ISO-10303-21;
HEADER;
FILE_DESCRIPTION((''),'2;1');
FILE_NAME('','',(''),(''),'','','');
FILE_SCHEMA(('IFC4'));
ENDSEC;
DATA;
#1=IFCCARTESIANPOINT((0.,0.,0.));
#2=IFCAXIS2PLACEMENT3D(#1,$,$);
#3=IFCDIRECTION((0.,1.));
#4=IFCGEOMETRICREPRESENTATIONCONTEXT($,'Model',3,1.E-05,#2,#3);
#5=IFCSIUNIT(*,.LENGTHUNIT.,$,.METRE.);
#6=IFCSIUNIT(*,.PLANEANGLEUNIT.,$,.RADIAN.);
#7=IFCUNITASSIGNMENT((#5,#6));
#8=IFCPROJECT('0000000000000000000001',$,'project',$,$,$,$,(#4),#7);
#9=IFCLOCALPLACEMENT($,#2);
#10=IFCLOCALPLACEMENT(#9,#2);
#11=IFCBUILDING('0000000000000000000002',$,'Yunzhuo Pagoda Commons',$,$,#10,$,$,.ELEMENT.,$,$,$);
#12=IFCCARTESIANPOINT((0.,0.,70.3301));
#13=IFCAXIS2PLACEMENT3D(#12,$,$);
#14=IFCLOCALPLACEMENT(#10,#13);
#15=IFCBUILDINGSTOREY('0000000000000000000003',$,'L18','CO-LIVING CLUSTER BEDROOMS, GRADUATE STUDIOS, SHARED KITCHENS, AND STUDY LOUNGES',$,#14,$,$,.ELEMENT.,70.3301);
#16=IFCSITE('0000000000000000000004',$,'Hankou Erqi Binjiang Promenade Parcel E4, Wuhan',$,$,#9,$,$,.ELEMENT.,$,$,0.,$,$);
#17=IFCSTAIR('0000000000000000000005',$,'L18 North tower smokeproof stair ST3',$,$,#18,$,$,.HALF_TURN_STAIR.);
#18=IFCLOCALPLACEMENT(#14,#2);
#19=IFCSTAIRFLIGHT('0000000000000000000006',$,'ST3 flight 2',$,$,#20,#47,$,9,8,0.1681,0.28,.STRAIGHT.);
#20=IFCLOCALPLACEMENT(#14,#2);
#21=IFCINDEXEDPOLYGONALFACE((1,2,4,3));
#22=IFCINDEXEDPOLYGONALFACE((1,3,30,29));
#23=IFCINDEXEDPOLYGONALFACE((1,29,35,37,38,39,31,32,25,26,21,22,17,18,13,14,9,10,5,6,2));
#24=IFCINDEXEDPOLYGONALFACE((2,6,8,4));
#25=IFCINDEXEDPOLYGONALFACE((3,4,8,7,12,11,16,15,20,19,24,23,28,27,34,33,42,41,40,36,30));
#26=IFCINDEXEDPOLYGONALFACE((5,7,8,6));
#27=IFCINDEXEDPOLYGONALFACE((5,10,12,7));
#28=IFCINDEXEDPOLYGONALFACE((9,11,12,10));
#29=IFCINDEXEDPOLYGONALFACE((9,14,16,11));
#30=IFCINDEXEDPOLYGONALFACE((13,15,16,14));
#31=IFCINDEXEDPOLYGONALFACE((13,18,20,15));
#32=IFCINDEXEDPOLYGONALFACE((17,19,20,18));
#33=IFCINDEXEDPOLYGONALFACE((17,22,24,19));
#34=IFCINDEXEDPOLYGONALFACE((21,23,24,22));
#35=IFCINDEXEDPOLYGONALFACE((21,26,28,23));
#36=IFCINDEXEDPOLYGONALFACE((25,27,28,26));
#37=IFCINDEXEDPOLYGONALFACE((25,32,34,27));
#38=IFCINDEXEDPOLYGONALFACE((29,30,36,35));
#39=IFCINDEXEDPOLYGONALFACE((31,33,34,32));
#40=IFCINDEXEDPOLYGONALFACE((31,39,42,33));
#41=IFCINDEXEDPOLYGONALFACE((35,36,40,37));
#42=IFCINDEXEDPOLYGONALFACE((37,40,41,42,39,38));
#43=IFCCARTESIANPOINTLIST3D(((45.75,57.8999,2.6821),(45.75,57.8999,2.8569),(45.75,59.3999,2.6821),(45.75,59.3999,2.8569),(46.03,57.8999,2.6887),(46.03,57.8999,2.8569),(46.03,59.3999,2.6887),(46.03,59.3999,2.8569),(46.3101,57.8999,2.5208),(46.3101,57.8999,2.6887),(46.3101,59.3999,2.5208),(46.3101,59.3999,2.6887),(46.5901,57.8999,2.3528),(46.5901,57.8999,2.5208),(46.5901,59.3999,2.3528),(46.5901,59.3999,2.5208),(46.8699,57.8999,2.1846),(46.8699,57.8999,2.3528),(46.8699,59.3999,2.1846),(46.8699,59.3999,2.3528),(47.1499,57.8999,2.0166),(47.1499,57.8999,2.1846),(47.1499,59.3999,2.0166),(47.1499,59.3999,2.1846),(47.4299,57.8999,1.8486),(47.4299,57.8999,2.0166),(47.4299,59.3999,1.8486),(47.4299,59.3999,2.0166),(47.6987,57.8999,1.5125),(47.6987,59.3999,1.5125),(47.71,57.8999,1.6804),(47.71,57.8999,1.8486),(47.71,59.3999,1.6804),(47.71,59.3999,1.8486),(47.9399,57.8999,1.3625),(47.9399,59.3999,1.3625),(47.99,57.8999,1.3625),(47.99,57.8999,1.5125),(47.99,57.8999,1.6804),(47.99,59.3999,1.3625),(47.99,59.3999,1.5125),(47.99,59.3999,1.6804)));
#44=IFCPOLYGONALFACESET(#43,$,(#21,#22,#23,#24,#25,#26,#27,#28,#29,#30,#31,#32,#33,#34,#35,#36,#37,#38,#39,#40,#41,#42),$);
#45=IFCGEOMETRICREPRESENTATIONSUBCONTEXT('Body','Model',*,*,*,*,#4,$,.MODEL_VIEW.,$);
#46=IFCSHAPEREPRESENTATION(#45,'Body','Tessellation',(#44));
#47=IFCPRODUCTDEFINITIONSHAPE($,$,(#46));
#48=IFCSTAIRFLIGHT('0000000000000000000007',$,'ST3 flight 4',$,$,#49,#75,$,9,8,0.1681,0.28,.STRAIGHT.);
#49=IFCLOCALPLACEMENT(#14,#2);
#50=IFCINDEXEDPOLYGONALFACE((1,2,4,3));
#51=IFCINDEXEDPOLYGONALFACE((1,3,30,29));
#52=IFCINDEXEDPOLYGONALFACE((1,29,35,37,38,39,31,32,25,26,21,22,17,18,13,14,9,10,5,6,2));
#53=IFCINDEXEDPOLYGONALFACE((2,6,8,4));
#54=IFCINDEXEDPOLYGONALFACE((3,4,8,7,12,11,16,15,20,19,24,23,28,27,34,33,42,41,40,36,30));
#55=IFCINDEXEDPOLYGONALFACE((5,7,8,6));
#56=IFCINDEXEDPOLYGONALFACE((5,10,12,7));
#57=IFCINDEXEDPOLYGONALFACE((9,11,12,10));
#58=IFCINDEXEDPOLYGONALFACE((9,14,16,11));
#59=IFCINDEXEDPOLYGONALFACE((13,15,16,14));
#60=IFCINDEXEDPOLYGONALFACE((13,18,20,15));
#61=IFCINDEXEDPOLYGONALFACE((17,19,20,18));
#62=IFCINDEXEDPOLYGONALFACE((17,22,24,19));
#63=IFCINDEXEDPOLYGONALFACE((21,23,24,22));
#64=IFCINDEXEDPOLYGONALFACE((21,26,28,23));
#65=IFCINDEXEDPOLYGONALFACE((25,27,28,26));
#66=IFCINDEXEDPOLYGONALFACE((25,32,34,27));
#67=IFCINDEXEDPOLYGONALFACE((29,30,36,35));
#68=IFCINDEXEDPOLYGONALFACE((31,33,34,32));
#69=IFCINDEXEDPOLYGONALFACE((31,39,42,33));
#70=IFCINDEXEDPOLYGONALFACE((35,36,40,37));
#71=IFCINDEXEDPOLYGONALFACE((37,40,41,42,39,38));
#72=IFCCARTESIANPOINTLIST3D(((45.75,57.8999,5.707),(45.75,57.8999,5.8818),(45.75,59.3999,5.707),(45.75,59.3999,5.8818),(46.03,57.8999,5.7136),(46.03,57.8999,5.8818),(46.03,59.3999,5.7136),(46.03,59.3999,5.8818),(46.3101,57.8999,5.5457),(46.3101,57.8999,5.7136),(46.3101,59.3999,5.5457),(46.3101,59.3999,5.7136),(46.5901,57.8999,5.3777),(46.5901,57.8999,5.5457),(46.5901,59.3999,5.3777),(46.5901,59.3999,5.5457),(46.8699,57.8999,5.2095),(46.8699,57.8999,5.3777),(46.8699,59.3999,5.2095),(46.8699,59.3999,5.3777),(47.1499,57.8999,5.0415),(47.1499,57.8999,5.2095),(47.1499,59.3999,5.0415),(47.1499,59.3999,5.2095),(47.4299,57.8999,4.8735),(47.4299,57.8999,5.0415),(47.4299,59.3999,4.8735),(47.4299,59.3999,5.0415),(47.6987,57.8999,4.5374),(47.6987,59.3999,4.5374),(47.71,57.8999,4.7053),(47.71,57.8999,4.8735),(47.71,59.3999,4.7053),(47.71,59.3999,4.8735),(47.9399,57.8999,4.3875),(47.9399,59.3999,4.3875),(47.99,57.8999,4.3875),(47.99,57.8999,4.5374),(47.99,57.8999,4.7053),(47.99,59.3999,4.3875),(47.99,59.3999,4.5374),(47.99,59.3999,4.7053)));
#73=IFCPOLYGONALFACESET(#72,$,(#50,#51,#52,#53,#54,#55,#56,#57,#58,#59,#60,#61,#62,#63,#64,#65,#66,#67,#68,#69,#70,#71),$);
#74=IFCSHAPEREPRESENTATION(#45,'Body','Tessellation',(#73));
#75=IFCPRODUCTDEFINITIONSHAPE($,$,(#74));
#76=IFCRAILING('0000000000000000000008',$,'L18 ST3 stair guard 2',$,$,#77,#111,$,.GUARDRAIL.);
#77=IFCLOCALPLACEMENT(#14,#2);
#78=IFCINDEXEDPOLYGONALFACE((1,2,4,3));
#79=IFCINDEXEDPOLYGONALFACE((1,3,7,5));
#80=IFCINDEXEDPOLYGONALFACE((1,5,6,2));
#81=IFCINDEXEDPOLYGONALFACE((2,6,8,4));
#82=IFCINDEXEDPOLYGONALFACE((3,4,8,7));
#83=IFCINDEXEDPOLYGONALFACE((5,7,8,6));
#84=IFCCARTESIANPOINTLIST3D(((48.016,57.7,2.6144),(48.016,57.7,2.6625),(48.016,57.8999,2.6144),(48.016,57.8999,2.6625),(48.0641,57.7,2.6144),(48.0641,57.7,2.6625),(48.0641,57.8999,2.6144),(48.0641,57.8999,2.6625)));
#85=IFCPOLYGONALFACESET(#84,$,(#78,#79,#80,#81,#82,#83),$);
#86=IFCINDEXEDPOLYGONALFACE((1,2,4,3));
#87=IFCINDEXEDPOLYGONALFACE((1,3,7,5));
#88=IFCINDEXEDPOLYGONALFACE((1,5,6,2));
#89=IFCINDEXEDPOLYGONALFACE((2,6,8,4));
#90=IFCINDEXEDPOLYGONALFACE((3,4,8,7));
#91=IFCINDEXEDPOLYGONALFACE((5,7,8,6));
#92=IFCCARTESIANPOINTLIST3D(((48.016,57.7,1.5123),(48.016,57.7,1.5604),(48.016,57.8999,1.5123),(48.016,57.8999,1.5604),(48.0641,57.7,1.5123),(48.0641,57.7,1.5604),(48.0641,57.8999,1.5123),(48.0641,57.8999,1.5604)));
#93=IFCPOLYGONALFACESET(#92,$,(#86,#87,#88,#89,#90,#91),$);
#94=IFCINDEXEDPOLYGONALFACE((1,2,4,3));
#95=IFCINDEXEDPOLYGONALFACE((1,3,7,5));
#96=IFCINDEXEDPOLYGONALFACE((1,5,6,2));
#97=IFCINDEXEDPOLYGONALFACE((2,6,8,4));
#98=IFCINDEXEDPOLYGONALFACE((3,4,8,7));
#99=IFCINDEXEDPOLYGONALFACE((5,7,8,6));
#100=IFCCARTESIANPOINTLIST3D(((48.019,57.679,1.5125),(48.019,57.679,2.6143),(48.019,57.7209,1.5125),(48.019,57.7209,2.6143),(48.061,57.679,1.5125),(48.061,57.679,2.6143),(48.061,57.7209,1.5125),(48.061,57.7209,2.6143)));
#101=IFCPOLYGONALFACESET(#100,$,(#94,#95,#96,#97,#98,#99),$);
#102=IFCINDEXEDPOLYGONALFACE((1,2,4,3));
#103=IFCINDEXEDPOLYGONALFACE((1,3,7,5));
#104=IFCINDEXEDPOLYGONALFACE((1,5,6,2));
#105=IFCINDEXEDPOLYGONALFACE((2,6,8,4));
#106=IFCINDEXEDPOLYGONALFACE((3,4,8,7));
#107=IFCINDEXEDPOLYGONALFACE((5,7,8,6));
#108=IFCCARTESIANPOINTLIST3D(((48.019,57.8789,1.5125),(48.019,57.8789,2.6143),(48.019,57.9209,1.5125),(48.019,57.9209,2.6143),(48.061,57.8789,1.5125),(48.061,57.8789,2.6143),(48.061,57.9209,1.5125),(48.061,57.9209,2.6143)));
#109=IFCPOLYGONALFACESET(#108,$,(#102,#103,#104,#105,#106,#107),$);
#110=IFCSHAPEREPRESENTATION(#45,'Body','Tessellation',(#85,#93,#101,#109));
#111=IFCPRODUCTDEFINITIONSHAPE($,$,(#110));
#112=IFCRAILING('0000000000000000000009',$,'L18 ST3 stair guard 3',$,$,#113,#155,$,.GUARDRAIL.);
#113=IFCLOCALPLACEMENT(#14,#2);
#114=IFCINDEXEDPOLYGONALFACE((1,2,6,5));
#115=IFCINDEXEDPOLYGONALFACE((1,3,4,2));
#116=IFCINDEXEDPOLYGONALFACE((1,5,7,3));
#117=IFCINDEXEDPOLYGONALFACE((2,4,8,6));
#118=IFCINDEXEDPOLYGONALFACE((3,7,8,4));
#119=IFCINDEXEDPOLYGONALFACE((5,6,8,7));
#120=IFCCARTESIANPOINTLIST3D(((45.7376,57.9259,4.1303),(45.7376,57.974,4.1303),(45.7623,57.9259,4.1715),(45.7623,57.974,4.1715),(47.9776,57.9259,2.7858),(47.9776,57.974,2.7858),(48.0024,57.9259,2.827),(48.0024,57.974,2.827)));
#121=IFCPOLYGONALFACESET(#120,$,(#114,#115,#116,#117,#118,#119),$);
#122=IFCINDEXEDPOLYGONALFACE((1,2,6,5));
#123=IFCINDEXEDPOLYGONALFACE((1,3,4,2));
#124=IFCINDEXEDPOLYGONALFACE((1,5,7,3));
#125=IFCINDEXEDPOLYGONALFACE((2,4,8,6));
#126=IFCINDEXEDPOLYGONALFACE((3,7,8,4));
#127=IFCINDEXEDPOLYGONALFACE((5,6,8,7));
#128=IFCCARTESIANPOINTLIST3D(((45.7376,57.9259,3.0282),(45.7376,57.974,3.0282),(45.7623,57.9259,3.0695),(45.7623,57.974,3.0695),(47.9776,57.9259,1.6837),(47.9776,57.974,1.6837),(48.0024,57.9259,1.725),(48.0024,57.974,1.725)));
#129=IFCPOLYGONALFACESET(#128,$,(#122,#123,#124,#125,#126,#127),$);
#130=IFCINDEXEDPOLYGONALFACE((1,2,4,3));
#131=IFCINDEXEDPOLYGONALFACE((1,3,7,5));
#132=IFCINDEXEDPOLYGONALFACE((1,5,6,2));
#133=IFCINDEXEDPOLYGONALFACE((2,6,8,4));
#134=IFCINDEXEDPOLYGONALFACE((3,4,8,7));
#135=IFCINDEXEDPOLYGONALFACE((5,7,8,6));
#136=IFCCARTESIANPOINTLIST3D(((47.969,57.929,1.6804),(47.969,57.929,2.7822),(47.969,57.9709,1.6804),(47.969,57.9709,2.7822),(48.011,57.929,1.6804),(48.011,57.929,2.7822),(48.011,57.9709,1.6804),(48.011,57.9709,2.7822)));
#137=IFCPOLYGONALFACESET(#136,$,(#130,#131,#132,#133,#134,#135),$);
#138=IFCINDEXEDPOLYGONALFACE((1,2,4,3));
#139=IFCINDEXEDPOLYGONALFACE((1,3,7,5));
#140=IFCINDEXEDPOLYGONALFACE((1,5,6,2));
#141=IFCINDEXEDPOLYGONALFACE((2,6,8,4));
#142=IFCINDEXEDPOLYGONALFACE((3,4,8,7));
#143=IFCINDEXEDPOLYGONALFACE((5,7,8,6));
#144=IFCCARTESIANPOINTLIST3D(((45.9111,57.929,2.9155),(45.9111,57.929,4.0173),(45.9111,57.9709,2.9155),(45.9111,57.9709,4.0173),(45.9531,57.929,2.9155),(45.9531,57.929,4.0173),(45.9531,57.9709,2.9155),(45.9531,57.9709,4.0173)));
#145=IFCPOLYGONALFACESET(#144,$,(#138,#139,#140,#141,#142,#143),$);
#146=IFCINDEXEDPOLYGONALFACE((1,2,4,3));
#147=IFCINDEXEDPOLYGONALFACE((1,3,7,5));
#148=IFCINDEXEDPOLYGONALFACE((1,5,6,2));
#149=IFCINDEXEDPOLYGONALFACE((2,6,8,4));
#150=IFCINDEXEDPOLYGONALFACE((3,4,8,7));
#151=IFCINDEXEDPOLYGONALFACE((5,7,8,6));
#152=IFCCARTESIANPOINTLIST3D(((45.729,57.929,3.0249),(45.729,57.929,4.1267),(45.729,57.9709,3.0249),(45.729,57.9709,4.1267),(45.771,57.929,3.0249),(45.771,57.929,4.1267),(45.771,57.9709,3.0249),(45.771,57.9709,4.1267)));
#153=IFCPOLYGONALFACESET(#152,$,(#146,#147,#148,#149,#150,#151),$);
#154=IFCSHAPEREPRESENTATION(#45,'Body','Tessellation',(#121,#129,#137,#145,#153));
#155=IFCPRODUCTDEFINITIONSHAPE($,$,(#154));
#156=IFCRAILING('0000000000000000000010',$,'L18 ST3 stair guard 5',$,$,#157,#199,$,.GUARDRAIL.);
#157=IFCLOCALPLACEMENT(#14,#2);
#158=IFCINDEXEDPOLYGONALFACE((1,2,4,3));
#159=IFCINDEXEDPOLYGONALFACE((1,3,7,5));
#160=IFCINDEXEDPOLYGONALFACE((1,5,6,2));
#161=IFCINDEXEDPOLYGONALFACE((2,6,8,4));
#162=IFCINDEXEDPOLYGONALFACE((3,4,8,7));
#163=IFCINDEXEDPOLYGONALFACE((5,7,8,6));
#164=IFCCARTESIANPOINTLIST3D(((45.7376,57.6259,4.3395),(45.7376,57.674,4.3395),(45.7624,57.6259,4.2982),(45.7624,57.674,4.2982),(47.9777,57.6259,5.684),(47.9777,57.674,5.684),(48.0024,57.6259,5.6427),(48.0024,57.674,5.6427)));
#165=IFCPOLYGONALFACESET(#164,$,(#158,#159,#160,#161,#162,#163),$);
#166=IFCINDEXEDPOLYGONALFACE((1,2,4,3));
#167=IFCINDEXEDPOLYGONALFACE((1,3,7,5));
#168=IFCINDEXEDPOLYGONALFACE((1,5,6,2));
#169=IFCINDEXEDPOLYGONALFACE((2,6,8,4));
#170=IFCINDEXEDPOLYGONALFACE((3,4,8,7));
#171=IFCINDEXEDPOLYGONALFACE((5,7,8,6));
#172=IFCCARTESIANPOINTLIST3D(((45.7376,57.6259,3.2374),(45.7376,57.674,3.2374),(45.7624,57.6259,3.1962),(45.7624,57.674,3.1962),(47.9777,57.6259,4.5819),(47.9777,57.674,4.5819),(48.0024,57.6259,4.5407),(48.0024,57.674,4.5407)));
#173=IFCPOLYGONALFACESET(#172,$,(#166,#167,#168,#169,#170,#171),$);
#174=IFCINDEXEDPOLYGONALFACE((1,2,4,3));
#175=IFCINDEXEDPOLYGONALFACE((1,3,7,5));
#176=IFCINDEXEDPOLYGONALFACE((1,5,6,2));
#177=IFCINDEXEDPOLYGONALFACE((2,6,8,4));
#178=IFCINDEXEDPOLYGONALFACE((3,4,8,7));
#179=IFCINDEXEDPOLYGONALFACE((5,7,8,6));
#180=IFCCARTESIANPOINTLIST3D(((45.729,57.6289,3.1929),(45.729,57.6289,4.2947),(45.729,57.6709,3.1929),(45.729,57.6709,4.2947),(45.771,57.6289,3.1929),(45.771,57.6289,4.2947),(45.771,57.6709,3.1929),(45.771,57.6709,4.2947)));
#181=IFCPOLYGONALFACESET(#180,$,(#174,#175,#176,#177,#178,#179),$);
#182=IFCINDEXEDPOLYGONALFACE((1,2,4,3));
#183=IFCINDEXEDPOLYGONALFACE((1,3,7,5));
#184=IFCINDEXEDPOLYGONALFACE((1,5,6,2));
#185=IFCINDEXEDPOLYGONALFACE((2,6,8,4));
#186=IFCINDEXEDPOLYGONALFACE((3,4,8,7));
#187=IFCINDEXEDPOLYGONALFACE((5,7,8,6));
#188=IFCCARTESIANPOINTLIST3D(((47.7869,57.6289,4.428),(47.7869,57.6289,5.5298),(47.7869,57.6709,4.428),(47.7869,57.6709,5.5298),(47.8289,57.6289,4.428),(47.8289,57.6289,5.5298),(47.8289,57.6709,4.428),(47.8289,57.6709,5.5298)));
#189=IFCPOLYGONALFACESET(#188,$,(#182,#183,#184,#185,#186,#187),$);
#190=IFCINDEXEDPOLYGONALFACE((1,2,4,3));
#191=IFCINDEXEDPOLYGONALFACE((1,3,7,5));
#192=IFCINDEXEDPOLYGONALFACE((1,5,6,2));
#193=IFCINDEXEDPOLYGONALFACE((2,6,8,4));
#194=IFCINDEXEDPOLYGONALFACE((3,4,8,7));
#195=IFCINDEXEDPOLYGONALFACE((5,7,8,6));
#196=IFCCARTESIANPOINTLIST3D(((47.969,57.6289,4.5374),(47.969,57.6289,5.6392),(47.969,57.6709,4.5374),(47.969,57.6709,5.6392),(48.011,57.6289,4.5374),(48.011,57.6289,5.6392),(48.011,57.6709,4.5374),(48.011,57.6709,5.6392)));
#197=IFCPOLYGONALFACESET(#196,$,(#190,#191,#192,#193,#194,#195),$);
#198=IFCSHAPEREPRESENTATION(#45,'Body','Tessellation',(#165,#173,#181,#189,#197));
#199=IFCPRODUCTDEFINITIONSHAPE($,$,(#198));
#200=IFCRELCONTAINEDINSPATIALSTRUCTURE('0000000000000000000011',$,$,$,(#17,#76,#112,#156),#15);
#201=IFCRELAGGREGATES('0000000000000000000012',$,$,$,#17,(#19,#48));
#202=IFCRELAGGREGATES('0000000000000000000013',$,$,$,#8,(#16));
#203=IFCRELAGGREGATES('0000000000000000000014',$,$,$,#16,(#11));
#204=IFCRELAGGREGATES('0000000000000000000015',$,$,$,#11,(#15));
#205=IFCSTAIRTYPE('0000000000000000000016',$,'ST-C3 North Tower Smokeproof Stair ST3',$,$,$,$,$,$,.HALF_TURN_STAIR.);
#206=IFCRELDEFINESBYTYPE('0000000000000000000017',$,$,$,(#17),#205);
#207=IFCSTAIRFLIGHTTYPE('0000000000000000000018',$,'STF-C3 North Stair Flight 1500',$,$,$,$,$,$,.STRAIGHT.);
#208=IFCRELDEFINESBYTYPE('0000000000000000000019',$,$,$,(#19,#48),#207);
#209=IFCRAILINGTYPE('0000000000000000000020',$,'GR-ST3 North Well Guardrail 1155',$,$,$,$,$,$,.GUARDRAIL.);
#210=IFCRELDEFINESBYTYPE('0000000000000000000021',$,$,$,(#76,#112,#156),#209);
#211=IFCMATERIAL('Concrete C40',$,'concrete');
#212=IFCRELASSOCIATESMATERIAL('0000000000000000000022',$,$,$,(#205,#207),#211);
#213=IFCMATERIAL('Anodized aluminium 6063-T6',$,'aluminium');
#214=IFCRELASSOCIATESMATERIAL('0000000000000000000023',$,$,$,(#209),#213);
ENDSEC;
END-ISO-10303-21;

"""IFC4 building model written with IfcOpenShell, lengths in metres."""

from ifc_helpers import new_model, si_unit, direction, frame, origin, origin_2d, place, context, subcontext, project, spatial, polyline, rectangle, outline, extrude, source, transform, mapped, material, type_object, element, aggregate, save


model = new_model("IFC4")

# Units and contexts
model_context = context("Model", 3, precision=1e-05, world=origin(), true_north=direction((0.0, 1.0)))
body_context = subcontext(model_context, "Body", "Model", "MODEL_VIEW")
ifc_project = project(units=[si_unit("LENGTHUNIT", "METRE"), si_unit("PLANEANGLEUNIT", "RADIAN")], contexts=[model_context])

# Site, building, storey
site_placement = place(None, origin())
site = spatial("IfcSite", under=ifc_project, at=site_placement, Name="Hankou Erqi Binjiang Promenade Parcel E4, Wuhan", CompositionType="ELEMENT", RefElevation=0.0)
building_placement = place(site_placement, origin())
building = spatial("IfcBuilding", under=site, at=building_placement, Name="Yunzhuo Pagoda Commons", CompositionType="ELEMENT")
storey_placement = place(building_placement, frame((0.0, 0.0, 70.3301)))
storey = spatial("IfcBuildingStorey", under=building, at=storey_placement, Name="L18", Description="CO-LIVING CLUSTER BEDROOMS, GRADUATE STUDIOS, SHARED KITCHENS, AND STUDY LOUNGES", CompositionType="ELEMENT", Elevation=70.3301)

# Shared definitions
ifc_material_1 = material(Name="Anodized aluminium 6063-T6", Category="aluminium")

# Stair, stair flights
ifc_material_2 = material(Name="Concrete C40", Category="concrete")
stair_type = type_object("IfcStairType", Name="ST-C3 North Tower Smokeproof Stair ST3", PredefinedType="HALF_TURN_STAIR", material=ifc_material_2)
stair_placement = place(storey_placement, origin())
stair = element("IfcStair", 1, at=stair_placement, inside=storey, type_object=stair_type, Name="L18 North tower smokeproof stair ST3", PredefinedType="HALF_TURN_STAIR")
stair_flight_type = type_object("IfcStairFlightType", Name="STF-C3 North Stair Flight 1500", PredefinedType="STRAIGHT", material=ifc_material_2)
shared_shape_1 = source(origin(), body_context, "Body", "SweptSolid", [
    extrude(outline(polyline([(0.0, -0.1499), (0.0, 0.0), (0.0, 0.168), (0.28, 0.168), (0.28, 0.3362), (0.5601, 0.3362), (0.5601, 0.5042), (0.8401, 0.5042), (0.8401, 0.6721), (1.1201, 0.6721), (1.1201, 0.8403), (1.3999, 0.8403), (1.3999, 1.0083), (1.6799, 1.0083), (1.6799, 1.1763), (1.96, 1.1763), (1.96, 1.3445), (2.24, 1.3445), (2.24, 1.5125), (2.24, 1.1697), (0.2913, 0.0), (0.05, -0.1499), (0.0, -0.1499)])), frame((0.0, 0.75, 0.0), z_axis=(0.0, -1.0, 0.0), x_axis=(1.0, 0.0, 0.0)), (0.0, 0.0, 1.0), 1.5),
])
stair_flight_1_placement = place(storey_placement, frame((47.99, 58.6499, 1.5125), z_axis=(0.0, 0.0, 1.0), x_axis=(-1.0, 0.0, 0.0)))
stair_flight_1 = element("IfcStairFlight", 2, at=stair_flight_1_placement, type_object=stair_flight_type, Name="ST3 flight 2", NumberOfRisers=9, NumberOfTreads=8, PredefinedType="STRAIGHT", RiserHeight=0.1681, TreadLength=0.28, context=body_context, shape_type="MappedRepresentation", body=[
    mapped(shared_shape_1, transform((0.0, 0.0, 0.0), scale=1.0)),
])
stair_flight_2_placement = place(storey_placement, frame((47.99, 58.6499, 4.5374), z_axis=(0.0, 0.0, 1.0), x_axis=(-1.0, 0.0, 0.0)))
stair_flight_2 = element("IfcStairFlight", 3, at=stair_flight_2_placement, type_object=stair_flight_type, Name="ST3 flight 4", NumberOfRisers=9, NumberOfTreads=8, PredefinedType="STRAIGHT", RiserHeight=0.1681, TreadLength=0.28, context=body_context, shape_type="MappedRepresentation", body=[
    mapped(shared_shape_1, transform((0.0, 0.0, 0.0), scale=1.0)),
])
aggregate(stair, [stair_flight_1, stair_flight_2])

# Railings
railing_type_1 = type_object("IfcRailingType", Name="GR-ST3 North Well Guardrail 1155", PredefinedType="GUARDRAIL", material=ifc_material_1)
railing_1_placement = place(storey_placement, frame((48.04, 57.7, 1.5125)))
element("IfcRailing", 4, at=railing_1_placement, inside=storey, type_object=railing_type_1, Name="L18 ST3 stair guard 2", PredefinedType="GUARDRAIL", context=body_context, shape_type="SweptSolid", body=[
    extrude(rectangle(XDim=0.0481, YDim=0.0481, at=origin_2d()), frame((0.0, 0.0, 1.126), z_axis=(0.0, 1.0, 0.0), x_axis=(-1.0, 0.0, 0.0)), (0.0, 0.0, 1.0), 0.2),
    extrude(rectangle(XDim=0.0481, YDim=0.0481, at=origin_2d()), frame((0.0, 0.0, 0.0239), z_axis=(0.0, 1.0, 0.0), x_axis=(-1.0, 0.0, 0.0)), (0.0, 0.0, 1.0), 0.2),
    extrude(rectangle(XDim=0.042, YDim=0.042, at=origin_2d()), origin(), (0.0, 0.0, 1.0), 1.1018),
    extrude(rectangle(XDim=0.042, YDim=0.042, at=origin_2d()), frame((0.0, 0.2, 0.0)), (0.0, 0.0, 1.0), 1.1018),
])
railing_2_placement = place(storey_placement, frame((47.99, 57.95, 1.6804)))
element("IfcRailing", 5, at=railing_2_placement, inside=storey, type_object=railing_type_1, Name="L18 ST3 stair guard 3", PredefinedType="GUARDRAIL", context=body_context, shape_type="SweptSolid", body=[
    extrude(rectangle(XDim=0.0481, YDim=0.0481, at=origin_2d()), frame((0.0, 0.0, 1.126), z_axis=(-0.85741, 0.0, 0.514633), x_axis=(0.0, -1.0, 0.0)), (0.0, 0.0, 1.0), 2.6125),
    extrude(rectangle(XDim=0.0481, YDim=0.0481, at=origin_2d()), frame((0.0, 0.0, 0.0239), z_axis=(-0.85741, 0.0, 0.514633), x_axis=(0.0, -1.0, 0.0)), (0.0, 0.0, 1.0), 2.6125),
    extrude(rectangle(XDim=0.042, YDim=0.042, at=origin_2d()), origin(), (0.0, 0.0, 1.0), 1.1018),
    extrude(rectangle(XDim=0.042, YDim=0.042, at=origin_2d()), frame((-2.0579, 0.0, 1.2351)), (0.0, 0.0, 1.0), 1.1018),
    extrude(rectangle(XDim=0.042, YDim=0.042, at=origin_2d()), frame((-2.24, 0.0, 1.3445)), (0.0, 0.0, 1.0), 1.1018),
])
railing_3_placement = place(storey_placement, frame((45.75, 57.6499, 3.1929)))
element("IfcRailing", 6, at=railing_3_placement, inside=storey, type_object=railing_type_1, Name="L18 ST3 stair guard 5", PredefinedType="GUARDRAIL", context=body_context, shape_type="SweptSolid", body=[
    extrude(rectangle(XDim=0.0481, YDim=0.0481, at=origin_2d()), frame((0.0, 0.0, 1.126), z_axis=(0.85741, 0.0, 0.514633), x_axis=(0.0, 1.0, 0.0)), (0.0, 0.0, 1.0), 2.6125),
    extrude(rectangle(XDim=0.0481, YDim=0.0481, at=origin_2d()), frame((0.0, 0.0, 0.0239), z_axis=(0.85741, 0.0, 0.514633), x_axis=(0.0, 1.0, 0.0)), (0.0, 0.0, 1.0), 2.6125),
    extrude(rectangle(XDim=0.042, YDim=0.042, at=origin_2d()), origin(), (0.0, 0.0, 1.0), 1.1018),
    extrude(rectangle(XDim=0.042, YDim=0.042, at=origin_2d()), frame((2.0579, 0.0, 1.2351)), (0.0, 0.0, 1.0), 1.1018),
    extrude(rectangle(XDim=0.042, YDim=0.042, at=origin_2d()), frame((2.24, 0.0, 1.3445)), (0.0, 0.0, 1.0), 1.1018),
])

save(model, "model.ifc")
